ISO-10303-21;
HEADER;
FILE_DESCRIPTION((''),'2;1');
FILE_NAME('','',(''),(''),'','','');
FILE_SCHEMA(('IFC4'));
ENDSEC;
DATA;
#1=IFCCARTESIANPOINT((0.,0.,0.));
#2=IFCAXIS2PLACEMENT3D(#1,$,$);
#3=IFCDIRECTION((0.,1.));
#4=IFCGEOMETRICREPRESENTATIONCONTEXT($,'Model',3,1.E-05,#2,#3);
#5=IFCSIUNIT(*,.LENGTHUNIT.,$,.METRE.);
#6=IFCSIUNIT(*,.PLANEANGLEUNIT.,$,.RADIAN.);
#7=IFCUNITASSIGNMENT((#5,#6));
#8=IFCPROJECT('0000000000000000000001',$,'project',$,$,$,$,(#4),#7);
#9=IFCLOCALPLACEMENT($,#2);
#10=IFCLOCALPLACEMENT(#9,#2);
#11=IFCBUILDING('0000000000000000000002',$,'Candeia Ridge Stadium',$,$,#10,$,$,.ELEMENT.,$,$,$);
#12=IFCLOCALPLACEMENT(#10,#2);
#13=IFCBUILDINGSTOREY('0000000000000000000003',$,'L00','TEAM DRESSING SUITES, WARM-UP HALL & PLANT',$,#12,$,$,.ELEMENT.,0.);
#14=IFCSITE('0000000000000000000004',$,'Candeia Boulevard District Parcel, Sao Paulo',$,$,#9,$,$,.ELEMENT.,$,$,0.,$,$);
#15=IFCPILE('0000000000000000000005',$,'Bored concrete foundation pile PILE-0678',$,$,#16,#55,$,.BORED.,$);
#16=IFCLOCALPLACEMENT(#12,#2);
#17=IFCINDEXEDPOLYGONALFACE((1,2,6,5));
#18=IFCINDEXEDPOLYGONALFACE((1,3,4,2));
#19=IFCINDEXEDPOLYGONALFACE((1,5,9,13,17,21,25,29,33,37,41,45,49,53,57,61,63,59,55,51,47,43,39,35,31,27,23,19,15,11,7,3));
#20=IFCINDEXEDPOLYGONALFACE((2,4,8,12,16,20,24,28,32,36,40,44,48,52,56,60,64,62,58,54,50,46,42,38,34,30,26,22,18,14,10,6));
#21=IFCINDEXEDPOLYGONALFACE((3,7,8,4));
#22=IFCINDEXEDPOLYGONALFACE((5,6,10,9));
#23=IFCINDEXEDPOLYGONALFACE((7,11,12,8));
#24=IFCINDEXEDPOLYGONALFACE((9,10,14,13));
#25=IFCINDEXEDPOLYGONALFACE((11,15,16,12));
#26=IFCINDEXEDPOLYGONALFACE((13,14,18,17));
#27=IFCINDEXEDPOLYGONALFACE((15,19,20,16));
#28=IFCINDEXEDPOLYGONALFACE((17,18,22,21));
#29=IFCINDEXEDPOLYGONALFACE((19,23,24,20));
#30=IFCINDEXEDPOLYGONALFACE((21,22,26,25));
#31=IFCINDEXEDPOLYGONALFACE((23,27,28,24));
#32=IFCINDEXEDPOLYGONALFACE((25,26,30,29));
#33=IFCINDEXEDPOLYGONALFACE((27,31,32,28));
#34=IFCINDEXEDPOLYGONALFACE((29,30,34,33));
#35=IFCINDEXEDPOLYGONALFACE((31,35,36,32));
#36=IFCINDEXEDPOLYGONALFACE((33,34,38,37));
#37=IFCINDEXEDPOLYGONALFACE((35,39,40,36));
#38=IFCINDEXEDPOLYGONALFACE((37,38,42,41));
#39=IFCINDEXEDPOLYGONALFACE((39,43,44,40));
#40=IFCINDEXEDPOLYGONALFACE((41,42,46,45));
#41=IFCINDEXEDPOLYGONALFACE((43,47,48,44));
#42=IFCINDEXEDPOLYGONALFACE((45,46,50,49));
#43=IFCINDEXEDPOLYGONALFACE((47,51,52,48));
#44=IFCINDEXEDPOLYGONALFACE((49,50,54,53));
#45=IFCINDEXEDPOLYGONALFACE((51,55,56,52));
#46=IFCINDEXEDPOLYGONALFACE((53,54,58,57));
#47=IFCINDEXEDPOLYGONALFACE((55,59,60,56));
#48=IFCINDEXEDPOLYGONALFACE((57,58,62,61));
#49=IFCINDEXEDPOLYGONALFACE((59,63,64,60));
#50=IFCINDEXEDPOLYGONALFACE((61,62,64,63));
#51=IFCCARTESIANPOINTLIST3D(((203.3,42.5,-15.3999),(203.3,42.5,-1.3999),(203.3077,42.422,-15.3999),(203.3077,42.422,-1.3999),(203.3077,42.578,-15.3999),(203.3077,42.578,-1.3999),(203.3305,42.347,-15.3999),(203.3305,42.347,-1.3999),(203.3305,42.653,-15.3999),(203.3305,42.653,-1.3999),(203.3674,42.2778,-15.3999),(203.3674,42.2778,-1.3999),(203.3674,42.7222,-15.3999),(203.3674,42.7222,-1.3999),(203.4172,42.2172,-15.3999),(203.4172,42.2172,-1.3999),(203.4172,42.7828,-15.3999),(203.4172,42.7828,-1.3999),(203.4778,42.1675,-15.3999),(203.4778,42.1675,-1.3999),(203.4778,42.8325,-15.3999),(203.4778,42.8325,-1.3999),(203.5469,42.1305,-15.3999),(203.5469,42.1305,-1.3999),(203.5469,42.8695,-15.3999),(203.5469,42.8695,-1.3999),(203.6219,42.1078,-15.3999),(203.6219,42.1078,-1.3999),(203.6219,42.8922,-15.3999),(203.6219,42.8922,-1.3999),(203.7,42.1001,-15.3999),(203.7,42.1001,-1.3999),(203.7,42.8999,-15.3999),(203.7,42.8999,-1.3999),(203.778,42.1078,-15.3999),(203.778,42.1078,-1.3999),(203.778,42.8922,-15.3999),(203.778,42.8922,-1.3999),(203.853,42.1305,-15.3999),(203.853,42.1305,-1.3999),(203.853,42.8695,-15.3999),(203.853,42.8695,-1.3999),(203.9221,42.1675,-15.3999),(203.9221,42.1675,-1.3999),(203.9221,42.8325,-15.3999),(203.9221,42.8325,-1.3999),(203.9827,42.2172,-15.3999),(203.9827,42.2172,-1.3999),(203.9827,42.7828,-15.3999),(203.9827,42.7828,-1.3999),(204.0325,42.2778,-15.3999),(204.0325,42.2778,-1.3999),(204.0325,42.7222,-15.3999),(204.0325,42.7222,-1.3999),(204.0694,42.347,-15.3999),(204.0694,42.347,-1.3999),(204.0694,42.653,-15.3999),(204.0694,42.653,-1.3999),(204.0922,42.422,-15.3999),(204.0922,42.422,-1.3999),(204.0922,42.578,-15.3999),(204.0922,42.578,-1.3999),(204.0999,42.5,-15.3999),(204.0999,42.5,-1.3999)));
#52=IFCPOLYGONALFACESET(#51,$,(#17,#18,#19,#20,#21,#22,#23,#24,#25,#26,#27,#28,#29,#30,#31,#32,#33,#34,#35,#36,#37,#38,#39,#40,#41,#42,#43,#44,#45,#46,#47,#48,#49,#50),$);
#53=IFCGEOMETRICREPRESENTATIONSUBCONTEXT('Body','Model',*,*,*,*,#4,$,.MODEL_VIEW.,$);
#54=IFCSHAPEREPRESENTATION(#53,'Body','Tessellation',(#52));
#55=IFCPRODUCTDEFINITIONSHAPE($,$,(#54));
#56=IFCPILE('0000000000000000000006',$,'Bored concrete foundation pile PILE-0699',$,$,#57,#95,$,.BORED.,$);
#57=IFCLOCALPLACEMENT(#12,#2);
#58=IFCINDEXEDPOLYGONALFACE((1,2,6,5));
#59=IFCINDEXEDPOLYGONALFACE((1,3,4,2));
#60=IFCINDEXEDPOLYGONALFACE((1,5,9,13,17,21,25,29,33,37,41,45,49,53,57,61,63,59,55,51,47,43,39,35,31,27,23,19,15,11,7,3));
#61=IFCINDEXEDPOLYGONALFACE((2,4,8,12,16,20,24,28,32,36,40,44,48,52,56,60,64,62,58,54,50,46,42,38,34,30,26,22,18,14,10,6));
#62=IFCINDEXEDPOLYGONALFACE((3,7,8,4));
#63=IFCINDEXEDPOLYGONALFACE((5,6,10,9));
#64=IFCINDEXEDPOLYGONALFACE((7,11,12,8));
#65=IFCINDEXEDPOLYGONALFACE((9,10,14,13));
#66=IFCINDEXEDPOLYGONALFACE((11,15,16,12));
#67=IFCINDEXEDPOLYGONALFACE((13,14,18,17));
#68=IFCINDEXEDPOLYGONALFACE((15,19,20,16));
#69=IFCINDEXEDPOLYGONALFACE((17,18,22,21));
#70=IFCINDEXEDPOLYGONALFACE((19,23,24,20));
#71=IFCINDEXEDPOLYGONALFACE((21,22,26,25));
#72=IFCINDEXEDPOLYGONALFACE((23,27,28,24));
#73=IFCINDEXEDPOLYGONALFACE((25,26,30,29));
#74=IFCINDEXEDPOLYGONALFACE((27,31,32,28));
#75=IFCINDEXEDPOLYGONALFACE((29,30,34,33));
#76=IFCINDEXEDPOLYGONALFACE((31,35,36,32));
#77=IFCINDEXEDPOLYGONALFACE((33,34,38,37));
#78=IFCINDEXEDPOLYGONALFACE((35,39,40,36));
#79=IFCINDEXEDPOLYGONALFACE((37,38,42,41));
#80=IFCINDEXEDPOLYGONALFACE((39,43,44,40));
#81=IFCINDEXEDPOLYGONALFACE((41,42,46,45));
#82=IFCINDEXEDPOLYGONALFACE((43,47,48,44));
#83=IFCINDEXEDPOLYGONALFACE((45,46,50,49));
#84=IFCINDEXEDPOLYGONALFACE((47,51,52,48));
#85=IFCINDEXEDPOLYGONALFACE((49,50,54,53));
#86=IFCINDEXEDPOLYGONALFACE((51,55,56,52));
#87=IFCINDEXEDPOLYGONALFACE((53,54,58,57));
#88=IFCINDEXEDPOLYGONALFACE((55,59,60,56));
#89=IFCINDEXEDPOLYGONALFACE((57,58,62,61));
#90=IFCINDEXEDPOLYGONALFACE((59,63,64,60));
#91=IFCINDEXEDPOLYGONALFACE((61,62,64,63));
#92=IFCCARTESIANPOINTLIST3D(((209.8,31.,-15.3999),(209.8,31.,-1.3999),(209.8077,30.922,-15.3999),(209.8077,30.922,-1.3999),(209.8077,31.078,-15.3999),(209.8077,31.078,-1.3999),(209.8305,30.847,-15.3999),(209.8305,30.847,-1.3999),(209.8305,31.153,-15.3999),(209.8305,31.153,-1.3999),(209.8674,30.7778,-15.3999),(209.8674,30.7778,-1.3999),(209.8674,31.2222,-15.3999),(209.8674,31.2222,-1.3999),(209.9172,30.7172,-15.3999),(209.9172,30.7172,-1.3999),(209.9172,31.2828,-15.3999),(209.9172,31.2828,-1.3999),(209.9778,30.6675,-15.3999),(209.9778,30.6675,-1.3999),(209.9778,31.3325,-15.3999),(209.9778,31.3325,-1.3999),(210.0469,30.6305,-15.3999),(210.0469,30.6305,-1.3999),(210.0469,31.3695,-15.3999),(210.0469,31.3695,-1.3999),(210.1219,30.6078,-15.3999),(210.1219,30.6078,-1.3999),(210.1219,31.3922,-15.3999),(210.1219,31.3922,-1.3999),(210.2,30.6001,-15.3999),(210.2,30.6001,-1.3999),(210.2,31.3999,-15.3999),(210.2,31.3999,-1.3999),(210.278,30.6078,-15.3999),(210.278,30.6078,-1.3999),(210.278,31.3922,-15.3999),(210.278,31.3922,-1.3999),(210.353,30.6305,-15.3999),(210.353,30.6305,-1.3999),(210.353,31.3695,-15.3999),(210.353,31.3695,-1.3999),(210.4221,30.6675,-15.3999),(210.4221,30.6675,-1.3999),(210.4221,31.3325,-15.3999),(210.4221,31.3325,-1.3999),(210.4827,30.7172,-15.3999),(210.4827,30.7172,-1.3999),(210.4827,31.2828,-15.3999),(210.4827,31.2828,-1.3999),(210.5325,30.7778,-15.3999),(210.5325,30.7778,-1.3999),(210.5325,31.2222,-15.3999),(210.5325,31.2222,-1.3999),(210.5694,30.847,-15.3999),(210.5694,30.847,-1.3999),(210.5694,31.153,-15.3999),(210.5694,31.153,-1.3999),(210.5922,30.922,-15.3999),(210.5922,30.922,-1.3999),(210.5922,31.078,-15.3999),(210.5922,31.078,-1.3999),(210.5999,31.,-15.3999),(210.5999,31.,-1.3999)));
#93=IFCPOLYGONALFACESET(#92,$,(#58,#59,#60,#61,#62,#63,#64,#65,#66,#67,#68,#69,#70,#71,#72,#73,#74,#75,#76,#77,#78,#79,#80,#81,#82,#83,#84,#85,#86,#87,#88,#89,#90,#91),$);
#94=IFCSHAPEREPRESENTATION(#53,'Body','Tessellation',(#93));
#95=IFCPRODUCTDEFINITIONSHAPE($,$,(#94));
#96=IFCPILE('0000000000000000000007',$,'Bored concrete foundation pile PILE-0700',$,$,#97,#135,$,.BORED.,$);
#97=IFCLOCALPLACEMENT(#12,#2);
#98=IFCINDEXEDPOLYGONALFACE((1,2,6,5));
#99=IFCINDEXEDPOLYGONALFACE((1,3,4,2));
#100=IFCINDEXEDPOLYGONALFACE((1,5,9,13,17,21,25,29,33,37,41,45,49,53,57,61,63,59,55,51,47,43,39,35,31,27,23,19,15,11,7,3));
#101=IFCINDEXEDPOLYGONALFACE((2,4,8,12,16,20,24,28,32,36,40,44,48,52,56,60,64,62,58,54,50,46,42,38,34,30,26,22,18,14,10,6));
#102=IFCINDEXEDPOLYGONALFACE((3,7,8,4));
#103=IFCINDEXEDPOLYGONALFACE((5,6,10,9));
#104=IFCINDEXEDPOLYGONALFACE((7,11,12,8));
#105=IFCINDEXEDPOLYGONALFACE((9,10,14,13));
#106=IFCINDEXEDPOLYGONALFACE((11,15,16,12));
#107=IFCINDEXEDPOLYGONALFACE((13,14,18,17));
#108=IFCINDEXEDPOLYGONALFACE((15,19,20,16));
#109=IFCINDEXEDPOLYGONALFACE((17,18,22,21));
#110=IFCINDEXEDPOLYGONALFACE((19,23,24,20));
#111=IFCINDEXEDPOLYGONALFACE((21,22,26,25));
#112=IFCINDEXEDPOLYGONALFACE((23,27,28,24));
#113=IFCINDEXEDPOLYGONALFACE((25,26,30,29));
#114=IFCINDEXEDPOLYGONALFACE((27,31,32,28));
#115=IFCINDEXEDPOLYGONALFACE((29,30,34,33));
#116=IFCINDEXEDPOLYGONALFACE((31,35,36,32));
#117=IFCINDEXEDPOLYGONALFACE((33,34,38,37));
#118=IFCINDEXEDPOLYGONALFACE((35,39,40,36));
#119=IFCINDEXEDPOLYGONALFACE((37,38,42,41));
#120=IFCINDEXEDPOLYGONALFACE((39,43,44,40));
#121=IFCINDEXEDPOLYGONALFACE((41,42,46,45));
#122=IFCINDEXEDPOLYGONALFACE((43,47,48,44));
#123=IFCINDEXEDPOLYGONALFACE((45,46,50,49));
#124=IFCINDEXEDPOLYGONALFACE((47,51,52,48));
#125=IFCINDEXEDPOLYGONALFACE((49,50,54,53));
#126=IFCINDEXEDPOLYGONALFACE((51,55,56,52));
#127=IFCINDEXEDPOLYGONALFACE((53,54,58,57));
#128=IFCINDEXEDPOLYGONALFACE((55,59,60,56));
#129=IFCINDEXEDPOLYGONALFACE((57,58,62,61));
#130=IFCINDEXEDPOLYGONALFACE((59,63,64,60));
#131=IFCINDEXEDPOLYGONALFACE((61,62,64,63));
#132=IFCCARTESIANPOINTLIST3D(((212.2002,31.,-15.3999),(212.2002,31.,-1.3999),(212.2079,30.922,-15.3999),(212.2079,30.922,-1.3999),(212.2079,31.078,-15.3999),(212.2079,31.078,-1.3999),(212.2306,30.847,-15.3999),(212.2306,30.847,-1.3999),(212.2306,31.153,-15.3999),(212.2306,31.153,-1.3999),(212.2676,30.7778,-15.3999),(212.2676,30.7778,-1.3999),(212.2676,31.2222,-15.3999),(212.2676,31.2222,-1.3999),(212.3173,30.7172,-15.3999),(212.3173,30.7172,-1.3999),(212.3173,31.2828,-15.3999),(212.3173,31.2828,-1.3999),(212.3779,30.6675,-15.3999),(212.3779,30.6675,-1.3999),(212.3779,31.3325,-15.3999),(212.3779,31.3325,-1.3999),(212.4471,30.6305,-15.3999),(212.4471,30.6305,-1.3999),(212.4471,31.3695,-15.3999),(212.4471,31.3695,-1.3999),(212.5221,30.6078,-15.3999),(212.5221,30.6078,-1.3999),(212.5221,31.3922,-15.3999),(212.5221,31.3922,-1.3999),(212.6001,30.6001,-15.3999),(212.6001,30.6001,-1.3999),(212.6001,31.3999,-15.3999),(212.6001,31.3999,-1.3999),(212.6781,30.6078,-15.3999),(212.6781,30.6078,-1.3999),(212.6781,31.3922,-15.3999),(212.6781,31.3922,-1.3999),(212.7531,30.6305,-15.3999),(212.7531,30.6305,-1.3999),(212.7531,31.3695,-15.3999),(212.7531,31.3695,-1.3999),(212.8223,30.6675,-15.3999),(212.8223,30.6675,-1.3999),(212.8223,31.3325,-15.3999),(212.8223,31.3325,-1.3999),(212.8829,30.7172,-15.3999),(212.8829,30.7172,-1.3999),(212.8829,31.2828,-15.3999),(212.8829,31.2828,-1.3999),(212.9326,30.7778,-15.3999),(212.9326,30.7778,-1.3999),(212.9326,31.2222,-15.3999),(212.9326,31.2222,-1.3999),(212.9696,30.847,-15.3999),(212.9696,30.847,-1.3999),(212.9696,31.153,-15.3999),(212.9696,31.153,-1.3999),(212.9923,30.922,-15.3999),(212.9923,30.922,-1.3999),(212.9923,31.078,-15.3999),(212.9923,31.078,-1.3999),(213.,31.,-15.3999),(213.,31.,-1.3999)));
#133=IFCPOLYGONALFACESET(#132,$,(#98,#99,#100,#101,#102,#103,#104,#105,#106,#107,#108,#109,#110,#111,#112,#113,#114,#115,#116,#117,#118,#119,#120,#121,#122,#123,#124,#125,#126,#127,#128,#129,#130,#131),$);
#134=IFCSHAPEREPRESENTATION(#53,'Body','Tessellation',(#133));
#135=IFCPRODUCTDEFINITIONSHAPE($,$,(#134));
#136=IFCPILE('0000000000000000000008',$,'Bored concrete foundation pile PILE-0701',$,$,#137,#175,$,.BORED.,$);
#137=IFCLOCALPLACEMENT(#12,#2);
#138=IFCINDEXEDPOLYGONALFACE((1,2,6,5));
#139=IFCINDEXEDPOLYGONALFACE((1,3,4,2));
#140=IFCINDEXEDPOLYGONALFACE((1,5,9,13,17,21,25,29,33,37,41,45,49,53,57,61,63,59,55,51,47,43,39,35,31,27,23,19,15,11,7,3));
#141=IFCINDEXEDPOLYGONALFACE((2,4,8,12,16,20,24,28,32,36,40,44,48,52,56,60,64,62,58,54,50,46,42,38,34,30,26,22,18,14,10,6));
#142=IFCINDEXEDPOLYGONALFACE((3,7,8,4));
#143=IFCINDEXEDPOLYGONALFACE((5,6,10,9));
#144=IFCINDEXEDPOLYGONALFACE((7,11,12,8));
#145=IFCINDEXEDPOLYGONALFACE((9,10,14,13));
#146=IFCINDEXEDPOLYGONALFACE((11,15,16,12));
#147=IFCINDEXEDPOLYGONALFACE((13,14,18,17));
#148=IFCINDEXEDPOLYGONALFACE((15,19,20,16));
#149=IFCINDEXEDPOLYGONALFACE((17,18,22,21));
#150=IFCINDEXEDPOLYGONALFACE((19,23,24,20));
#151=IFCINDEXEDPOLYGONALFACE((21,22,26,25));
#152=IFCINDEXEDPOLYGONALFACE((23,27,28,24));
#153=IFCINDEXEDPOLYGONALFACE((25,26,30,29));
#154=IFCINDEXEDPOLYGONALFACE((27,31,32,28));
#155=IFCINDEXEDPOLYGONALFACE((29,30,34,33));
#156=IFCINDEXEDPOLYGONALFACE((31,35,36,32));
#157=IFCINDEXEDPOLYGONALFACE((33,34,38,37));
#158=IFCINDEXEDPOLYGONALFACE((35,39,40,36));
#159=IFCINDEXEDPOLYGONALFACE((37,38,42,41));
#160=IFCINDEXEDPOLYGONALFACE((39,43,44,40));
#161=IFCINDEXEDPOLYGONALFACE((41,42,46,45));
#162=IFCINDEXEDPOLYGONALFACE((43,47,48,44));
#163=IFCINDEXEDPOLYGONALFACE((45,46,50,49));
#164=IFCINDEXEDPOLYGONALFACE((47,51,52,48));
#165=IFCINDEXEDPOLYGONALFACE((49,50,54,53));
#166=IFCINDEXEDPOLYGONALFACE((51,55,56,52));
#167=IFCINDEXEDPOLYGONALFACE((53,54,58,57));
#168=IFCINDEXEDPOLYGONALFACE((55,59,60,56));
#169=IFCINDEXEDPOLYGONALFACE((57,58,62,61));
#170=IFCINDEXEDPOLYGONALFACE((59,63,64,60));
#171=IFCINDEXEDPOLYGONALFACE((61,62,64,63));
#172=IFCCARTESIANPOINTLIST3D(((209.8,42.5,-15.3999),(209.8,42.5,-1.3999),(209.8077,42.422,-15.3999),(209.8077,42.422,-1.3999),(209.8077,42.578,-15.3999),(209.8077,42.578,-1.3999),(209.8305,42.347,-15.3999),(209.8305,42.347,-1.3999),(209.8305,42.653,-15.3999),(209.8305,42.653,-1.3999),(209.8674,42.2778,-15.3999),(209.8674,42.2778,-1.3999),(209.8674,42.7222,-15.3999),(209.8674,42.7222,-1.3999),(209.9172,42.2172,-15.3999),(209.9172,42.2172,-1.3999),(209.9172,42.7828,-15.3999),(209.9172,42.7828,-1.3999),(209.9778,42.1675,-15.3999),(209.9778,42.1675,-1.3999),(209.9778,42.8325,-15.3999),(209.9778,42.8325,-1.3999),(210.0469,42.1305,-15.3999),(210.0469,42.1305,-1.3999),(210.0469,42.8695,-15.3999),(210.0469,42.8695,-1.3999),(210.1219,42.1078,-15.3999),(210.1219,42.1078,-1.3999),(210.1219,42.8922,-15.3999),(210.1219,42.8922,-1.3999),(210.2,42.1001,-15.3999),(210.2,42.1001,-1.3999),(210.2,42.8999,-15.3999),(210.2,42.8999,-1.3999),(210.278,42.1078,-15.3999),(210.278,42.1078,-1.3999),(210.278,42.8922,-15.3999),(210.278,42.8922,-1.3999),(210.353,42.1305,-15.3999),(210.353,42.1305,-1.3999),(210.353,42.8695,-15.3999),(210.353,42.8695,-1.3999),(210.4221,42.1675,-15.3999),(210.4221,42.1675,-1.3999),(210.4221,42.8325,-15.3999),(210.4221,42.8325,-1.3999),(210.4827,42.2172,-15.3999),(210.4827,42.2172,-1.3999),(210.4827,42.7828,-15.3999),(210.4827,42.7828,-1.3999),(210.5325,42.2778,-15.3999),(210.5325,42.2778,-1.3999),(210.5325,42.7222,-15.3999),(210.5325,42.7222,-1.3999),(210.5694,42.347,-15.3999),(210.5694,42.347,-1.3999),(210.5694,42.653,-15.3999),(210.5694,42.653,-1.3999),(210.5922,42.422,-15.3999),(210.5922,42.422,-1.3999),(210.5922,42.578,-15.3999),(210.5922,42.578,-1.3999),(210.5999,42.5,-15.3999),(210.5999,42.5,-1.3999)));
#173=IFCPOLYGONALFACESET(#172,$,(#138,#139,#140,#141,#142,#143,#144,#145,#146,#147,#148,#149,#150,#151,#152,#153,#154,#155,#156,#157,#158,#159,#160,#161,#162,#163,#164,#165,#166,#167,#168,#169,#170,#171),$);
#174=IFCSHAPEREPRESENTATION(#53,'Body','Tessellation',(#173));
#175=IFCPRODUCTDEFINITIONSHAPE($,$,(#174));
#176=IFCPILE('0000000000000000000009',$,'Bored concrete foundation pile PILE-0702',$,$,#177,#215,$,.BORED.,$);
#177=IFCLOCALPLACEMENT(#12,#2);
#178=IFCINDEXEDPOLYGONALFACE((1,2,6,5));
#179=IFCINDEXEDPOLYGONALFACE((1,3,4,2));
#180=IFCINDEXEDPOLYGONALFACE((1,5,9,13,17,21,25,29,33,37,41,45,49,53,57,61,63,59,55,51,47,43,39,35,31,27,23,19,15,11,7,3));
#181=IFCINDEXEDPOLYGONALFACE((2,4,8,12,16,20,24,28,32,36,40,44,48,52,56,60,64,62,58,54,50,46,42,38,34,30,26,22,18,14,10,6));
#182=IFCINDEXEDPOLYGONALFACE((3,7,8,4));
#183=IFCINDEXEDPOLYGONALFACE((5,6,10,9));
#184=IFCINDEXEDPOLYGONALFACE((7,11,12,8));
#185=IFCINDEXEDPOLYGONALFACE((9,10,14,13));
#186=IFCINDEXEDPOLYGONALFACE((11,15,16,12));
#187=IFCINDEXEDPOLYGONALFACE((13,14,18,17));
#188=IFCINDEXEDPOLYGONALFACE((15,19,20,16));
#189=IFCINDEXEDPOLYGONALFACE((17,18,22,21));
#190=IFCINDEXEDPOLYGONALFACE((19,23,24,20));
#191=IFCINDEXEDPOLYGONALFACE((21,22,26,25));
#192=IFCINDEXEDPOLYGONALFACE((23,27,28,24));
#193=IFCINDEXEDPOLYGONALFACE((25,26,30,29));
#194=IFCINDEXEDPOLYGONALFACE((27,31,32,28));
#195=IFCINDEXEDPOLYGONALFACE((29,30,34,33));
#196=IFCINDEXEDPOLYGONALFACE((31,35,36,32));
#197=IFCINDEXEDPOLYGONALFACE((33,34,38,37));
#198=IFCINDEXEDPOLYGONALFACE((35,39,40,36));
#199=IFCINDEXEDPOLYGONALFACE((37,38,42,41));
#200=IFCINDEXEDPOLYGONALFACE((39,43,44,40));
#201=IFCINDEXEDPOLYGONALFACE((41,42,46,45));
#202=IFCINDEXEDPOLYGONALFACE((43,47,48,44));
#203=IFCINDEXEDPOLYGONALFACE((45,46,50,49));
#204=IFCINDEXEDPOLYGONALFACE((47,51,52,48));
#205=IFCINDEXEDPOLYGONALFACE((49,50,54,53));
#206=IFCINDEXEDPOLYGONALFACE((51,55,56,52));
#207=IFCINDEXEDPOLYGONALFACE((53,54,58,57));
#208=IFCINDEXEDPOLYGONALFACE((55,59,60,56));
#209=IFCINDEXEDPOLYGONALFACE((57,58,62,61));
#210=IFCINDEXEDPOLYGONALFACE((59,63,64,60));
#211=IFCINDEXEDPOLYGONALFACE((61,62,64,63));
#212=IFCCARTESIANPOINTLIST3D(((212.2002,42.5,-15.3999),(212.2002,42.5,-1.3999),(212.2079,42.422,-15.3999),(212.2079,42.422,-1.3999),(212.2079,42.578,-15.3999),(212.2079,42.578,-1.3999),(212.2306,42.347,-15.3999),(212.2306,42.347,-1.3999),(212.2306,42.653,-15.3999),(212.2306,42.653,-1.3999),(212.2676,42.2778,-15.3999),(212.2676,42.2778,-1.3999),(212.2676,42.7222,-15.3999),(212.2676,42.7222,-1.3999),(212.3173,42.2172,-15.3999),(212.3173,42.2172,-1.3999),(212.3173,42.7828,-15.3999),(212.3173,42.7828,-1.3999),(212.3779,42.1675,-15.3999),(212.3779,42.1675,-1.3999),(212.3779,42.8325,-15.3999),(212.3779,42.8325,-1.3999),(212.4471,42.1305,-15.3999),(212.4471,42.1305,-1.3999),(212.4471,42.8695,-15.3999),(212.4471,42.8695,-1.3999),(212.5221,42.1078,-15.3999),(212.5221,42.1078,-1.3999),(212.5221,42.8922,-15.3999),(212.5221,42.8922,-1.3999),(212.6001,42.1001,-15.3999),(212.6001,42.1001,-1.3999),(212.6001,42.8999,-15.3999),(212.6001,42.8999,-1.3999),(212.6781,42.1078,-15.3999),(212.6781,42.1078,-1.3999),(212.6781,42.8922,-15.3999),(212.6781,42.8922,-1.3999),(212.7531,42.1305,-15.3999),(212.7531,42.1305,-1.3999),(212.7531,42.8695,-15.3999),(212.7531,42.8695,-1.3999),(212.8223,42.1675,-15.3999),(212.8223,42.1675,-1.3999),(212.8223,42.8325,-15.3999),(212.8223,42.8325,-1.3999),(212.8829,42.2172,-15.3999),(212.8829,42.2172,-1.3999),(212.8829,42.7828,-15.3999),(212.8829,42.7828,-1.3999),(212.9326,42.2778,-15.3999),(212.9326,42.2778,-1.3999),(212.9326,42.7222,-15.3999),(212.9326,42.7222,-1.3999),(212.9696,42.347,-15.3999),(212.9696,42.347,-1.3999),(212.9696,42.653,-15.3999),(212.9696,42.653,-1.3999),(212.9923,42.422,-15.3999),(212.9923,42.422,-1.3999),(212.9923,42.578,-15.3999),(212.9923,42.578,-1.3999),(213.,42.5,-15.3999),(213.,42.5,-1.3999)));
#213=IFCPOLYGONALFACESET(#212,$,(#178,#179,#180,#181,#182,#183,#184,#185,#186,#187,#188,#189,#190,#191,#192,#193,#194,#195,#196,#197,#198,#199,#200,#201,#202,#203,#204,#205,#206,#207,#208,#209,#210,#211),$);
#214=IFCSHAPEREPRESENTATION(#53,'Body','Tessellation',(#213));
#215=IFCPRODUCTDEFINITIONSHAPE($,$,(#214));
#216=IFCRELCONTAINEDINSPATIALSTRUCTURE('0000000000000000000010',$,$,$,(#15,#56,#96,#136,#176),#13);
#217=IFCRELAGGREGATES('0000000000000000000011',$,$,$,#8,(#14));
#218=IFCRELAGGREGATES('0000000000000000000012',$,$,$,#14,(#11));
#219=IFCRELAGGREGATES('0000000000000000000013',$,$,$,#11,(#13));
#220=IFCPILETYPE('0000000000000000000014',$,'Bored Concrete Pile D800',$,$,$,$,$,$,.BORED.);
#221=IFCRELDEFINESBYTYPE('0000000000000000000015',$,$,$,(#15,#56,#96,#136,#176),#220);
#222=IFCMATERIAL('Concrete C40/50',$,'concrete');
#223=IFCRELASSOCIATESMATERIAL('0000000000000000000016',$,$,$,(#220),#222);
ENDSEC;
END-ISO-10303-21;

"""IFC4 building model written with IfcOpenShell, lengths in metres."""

from ifc_helpers import new_model, si_unit, direction, frame, origin, origin_2d, place, context, subcontext, project, spatial, circle, extrude, material, material_profile, profile_set, type_object, element, save


model = new_model("IFC4")

# Units and contexts
model_context = context("Model", 3, precision=1e-05, world=origin(), true_north=direction((0.0, 1.0)))
body_context = subcontext(model_context, "Body", "Model", "MODEL_VIEW")
ifc_project = project(units=[si_unit("LENGTHUNIT", "METRE"), si_unit("PLANEANGLEUNIT", "RADIAN")], contexts=[model_context])

# Site, building, storey
site_placement = place(None, origin())
site = spatial("IfcSite", under=ifc_project, at=site_placement, Name="Candeia Boulevard District Parcel, Sao Paulo", CompositionType="ELEMENT", RefElevation=0.0)
building_placement = place(site_placement, origin())
building = spatial("IfcBuilding", under=site, at=building_placement, Name="Candeia Ridge Stadium", CompositionType="ELEMENT")
storey_placement = place(building_placement, origin())
storey = spatial("IfcBuildingStorey", under=building, at=storey_placement, Name="L00", Description="TEAM DRESSING SUITES, WARM-UP HALL & PLANT", CompositionType="ELEMENT", Elevation=0.0)

# Piles
ifc_material_1 = material(Name="Concrete C40/50", Category="concrete")
ifc_material_profile_1 = material_profile(ifc_material_1, circle(Radius=0.3999, at=origin_2d()), Name="PILE-D800", Category="concrete")
ifc_profile_set_1 = profile_set([ifc_material_profile_1], Name="Concrete C40/50")
pile_type = type_object("IfcPileType", Name="Bored Concrete Pile D800", PredefinedType="BORED", material=ifc_profile_set_1)
for number, where, z_axis, x_axis, name in (
    (1, (203.7, 42.5, -1.3999), (0.0, 0.0, -1.0), (1.0, 0.0, 0.0), "Bored concrete foundation pile PILE-0678"),
    (2, (210.2, 31.0, -1.3999), (0.0, 0.0, -1.0), (1.0, 0.0, 0.0), "Bored concrete foundation pile PILE-0699"),
    (3, (212.6001, 31.0, -1.3999), (0.0, 0.0, -1.0), (1.0, 0.0, 0.0), "Bored concrete foundation pile PILE-0700"),
    (4, (210.2, 42.5, -1.3999), (0.0, 0.0, -1.0), (1.0, 0.0, 0.0), "Bored concrete foundation pile PILE-0701"),
    (5, (212.6001, 42.5, -1.3999), (0.0, 0.0, -1.0), (1.0, 0.0, 0.0), "Bored concrete foundation pile PILE-0702"),
):
    element("IfcPile", number, at=place(storey_placement, frame(where, z_axis=z_axis, x_axis=x_axis)), inside=storey, type_object=pile_type, Name=name, PredefinedType="BORED", context=body_context, shape_type="SweptSolid", body=[
        extrude(circle(Radius=0.3999, at=origin_2d()), origin(), (0.0, 0.0, 1.0), 14.0),
    ])

save(model, "model.ifc")
